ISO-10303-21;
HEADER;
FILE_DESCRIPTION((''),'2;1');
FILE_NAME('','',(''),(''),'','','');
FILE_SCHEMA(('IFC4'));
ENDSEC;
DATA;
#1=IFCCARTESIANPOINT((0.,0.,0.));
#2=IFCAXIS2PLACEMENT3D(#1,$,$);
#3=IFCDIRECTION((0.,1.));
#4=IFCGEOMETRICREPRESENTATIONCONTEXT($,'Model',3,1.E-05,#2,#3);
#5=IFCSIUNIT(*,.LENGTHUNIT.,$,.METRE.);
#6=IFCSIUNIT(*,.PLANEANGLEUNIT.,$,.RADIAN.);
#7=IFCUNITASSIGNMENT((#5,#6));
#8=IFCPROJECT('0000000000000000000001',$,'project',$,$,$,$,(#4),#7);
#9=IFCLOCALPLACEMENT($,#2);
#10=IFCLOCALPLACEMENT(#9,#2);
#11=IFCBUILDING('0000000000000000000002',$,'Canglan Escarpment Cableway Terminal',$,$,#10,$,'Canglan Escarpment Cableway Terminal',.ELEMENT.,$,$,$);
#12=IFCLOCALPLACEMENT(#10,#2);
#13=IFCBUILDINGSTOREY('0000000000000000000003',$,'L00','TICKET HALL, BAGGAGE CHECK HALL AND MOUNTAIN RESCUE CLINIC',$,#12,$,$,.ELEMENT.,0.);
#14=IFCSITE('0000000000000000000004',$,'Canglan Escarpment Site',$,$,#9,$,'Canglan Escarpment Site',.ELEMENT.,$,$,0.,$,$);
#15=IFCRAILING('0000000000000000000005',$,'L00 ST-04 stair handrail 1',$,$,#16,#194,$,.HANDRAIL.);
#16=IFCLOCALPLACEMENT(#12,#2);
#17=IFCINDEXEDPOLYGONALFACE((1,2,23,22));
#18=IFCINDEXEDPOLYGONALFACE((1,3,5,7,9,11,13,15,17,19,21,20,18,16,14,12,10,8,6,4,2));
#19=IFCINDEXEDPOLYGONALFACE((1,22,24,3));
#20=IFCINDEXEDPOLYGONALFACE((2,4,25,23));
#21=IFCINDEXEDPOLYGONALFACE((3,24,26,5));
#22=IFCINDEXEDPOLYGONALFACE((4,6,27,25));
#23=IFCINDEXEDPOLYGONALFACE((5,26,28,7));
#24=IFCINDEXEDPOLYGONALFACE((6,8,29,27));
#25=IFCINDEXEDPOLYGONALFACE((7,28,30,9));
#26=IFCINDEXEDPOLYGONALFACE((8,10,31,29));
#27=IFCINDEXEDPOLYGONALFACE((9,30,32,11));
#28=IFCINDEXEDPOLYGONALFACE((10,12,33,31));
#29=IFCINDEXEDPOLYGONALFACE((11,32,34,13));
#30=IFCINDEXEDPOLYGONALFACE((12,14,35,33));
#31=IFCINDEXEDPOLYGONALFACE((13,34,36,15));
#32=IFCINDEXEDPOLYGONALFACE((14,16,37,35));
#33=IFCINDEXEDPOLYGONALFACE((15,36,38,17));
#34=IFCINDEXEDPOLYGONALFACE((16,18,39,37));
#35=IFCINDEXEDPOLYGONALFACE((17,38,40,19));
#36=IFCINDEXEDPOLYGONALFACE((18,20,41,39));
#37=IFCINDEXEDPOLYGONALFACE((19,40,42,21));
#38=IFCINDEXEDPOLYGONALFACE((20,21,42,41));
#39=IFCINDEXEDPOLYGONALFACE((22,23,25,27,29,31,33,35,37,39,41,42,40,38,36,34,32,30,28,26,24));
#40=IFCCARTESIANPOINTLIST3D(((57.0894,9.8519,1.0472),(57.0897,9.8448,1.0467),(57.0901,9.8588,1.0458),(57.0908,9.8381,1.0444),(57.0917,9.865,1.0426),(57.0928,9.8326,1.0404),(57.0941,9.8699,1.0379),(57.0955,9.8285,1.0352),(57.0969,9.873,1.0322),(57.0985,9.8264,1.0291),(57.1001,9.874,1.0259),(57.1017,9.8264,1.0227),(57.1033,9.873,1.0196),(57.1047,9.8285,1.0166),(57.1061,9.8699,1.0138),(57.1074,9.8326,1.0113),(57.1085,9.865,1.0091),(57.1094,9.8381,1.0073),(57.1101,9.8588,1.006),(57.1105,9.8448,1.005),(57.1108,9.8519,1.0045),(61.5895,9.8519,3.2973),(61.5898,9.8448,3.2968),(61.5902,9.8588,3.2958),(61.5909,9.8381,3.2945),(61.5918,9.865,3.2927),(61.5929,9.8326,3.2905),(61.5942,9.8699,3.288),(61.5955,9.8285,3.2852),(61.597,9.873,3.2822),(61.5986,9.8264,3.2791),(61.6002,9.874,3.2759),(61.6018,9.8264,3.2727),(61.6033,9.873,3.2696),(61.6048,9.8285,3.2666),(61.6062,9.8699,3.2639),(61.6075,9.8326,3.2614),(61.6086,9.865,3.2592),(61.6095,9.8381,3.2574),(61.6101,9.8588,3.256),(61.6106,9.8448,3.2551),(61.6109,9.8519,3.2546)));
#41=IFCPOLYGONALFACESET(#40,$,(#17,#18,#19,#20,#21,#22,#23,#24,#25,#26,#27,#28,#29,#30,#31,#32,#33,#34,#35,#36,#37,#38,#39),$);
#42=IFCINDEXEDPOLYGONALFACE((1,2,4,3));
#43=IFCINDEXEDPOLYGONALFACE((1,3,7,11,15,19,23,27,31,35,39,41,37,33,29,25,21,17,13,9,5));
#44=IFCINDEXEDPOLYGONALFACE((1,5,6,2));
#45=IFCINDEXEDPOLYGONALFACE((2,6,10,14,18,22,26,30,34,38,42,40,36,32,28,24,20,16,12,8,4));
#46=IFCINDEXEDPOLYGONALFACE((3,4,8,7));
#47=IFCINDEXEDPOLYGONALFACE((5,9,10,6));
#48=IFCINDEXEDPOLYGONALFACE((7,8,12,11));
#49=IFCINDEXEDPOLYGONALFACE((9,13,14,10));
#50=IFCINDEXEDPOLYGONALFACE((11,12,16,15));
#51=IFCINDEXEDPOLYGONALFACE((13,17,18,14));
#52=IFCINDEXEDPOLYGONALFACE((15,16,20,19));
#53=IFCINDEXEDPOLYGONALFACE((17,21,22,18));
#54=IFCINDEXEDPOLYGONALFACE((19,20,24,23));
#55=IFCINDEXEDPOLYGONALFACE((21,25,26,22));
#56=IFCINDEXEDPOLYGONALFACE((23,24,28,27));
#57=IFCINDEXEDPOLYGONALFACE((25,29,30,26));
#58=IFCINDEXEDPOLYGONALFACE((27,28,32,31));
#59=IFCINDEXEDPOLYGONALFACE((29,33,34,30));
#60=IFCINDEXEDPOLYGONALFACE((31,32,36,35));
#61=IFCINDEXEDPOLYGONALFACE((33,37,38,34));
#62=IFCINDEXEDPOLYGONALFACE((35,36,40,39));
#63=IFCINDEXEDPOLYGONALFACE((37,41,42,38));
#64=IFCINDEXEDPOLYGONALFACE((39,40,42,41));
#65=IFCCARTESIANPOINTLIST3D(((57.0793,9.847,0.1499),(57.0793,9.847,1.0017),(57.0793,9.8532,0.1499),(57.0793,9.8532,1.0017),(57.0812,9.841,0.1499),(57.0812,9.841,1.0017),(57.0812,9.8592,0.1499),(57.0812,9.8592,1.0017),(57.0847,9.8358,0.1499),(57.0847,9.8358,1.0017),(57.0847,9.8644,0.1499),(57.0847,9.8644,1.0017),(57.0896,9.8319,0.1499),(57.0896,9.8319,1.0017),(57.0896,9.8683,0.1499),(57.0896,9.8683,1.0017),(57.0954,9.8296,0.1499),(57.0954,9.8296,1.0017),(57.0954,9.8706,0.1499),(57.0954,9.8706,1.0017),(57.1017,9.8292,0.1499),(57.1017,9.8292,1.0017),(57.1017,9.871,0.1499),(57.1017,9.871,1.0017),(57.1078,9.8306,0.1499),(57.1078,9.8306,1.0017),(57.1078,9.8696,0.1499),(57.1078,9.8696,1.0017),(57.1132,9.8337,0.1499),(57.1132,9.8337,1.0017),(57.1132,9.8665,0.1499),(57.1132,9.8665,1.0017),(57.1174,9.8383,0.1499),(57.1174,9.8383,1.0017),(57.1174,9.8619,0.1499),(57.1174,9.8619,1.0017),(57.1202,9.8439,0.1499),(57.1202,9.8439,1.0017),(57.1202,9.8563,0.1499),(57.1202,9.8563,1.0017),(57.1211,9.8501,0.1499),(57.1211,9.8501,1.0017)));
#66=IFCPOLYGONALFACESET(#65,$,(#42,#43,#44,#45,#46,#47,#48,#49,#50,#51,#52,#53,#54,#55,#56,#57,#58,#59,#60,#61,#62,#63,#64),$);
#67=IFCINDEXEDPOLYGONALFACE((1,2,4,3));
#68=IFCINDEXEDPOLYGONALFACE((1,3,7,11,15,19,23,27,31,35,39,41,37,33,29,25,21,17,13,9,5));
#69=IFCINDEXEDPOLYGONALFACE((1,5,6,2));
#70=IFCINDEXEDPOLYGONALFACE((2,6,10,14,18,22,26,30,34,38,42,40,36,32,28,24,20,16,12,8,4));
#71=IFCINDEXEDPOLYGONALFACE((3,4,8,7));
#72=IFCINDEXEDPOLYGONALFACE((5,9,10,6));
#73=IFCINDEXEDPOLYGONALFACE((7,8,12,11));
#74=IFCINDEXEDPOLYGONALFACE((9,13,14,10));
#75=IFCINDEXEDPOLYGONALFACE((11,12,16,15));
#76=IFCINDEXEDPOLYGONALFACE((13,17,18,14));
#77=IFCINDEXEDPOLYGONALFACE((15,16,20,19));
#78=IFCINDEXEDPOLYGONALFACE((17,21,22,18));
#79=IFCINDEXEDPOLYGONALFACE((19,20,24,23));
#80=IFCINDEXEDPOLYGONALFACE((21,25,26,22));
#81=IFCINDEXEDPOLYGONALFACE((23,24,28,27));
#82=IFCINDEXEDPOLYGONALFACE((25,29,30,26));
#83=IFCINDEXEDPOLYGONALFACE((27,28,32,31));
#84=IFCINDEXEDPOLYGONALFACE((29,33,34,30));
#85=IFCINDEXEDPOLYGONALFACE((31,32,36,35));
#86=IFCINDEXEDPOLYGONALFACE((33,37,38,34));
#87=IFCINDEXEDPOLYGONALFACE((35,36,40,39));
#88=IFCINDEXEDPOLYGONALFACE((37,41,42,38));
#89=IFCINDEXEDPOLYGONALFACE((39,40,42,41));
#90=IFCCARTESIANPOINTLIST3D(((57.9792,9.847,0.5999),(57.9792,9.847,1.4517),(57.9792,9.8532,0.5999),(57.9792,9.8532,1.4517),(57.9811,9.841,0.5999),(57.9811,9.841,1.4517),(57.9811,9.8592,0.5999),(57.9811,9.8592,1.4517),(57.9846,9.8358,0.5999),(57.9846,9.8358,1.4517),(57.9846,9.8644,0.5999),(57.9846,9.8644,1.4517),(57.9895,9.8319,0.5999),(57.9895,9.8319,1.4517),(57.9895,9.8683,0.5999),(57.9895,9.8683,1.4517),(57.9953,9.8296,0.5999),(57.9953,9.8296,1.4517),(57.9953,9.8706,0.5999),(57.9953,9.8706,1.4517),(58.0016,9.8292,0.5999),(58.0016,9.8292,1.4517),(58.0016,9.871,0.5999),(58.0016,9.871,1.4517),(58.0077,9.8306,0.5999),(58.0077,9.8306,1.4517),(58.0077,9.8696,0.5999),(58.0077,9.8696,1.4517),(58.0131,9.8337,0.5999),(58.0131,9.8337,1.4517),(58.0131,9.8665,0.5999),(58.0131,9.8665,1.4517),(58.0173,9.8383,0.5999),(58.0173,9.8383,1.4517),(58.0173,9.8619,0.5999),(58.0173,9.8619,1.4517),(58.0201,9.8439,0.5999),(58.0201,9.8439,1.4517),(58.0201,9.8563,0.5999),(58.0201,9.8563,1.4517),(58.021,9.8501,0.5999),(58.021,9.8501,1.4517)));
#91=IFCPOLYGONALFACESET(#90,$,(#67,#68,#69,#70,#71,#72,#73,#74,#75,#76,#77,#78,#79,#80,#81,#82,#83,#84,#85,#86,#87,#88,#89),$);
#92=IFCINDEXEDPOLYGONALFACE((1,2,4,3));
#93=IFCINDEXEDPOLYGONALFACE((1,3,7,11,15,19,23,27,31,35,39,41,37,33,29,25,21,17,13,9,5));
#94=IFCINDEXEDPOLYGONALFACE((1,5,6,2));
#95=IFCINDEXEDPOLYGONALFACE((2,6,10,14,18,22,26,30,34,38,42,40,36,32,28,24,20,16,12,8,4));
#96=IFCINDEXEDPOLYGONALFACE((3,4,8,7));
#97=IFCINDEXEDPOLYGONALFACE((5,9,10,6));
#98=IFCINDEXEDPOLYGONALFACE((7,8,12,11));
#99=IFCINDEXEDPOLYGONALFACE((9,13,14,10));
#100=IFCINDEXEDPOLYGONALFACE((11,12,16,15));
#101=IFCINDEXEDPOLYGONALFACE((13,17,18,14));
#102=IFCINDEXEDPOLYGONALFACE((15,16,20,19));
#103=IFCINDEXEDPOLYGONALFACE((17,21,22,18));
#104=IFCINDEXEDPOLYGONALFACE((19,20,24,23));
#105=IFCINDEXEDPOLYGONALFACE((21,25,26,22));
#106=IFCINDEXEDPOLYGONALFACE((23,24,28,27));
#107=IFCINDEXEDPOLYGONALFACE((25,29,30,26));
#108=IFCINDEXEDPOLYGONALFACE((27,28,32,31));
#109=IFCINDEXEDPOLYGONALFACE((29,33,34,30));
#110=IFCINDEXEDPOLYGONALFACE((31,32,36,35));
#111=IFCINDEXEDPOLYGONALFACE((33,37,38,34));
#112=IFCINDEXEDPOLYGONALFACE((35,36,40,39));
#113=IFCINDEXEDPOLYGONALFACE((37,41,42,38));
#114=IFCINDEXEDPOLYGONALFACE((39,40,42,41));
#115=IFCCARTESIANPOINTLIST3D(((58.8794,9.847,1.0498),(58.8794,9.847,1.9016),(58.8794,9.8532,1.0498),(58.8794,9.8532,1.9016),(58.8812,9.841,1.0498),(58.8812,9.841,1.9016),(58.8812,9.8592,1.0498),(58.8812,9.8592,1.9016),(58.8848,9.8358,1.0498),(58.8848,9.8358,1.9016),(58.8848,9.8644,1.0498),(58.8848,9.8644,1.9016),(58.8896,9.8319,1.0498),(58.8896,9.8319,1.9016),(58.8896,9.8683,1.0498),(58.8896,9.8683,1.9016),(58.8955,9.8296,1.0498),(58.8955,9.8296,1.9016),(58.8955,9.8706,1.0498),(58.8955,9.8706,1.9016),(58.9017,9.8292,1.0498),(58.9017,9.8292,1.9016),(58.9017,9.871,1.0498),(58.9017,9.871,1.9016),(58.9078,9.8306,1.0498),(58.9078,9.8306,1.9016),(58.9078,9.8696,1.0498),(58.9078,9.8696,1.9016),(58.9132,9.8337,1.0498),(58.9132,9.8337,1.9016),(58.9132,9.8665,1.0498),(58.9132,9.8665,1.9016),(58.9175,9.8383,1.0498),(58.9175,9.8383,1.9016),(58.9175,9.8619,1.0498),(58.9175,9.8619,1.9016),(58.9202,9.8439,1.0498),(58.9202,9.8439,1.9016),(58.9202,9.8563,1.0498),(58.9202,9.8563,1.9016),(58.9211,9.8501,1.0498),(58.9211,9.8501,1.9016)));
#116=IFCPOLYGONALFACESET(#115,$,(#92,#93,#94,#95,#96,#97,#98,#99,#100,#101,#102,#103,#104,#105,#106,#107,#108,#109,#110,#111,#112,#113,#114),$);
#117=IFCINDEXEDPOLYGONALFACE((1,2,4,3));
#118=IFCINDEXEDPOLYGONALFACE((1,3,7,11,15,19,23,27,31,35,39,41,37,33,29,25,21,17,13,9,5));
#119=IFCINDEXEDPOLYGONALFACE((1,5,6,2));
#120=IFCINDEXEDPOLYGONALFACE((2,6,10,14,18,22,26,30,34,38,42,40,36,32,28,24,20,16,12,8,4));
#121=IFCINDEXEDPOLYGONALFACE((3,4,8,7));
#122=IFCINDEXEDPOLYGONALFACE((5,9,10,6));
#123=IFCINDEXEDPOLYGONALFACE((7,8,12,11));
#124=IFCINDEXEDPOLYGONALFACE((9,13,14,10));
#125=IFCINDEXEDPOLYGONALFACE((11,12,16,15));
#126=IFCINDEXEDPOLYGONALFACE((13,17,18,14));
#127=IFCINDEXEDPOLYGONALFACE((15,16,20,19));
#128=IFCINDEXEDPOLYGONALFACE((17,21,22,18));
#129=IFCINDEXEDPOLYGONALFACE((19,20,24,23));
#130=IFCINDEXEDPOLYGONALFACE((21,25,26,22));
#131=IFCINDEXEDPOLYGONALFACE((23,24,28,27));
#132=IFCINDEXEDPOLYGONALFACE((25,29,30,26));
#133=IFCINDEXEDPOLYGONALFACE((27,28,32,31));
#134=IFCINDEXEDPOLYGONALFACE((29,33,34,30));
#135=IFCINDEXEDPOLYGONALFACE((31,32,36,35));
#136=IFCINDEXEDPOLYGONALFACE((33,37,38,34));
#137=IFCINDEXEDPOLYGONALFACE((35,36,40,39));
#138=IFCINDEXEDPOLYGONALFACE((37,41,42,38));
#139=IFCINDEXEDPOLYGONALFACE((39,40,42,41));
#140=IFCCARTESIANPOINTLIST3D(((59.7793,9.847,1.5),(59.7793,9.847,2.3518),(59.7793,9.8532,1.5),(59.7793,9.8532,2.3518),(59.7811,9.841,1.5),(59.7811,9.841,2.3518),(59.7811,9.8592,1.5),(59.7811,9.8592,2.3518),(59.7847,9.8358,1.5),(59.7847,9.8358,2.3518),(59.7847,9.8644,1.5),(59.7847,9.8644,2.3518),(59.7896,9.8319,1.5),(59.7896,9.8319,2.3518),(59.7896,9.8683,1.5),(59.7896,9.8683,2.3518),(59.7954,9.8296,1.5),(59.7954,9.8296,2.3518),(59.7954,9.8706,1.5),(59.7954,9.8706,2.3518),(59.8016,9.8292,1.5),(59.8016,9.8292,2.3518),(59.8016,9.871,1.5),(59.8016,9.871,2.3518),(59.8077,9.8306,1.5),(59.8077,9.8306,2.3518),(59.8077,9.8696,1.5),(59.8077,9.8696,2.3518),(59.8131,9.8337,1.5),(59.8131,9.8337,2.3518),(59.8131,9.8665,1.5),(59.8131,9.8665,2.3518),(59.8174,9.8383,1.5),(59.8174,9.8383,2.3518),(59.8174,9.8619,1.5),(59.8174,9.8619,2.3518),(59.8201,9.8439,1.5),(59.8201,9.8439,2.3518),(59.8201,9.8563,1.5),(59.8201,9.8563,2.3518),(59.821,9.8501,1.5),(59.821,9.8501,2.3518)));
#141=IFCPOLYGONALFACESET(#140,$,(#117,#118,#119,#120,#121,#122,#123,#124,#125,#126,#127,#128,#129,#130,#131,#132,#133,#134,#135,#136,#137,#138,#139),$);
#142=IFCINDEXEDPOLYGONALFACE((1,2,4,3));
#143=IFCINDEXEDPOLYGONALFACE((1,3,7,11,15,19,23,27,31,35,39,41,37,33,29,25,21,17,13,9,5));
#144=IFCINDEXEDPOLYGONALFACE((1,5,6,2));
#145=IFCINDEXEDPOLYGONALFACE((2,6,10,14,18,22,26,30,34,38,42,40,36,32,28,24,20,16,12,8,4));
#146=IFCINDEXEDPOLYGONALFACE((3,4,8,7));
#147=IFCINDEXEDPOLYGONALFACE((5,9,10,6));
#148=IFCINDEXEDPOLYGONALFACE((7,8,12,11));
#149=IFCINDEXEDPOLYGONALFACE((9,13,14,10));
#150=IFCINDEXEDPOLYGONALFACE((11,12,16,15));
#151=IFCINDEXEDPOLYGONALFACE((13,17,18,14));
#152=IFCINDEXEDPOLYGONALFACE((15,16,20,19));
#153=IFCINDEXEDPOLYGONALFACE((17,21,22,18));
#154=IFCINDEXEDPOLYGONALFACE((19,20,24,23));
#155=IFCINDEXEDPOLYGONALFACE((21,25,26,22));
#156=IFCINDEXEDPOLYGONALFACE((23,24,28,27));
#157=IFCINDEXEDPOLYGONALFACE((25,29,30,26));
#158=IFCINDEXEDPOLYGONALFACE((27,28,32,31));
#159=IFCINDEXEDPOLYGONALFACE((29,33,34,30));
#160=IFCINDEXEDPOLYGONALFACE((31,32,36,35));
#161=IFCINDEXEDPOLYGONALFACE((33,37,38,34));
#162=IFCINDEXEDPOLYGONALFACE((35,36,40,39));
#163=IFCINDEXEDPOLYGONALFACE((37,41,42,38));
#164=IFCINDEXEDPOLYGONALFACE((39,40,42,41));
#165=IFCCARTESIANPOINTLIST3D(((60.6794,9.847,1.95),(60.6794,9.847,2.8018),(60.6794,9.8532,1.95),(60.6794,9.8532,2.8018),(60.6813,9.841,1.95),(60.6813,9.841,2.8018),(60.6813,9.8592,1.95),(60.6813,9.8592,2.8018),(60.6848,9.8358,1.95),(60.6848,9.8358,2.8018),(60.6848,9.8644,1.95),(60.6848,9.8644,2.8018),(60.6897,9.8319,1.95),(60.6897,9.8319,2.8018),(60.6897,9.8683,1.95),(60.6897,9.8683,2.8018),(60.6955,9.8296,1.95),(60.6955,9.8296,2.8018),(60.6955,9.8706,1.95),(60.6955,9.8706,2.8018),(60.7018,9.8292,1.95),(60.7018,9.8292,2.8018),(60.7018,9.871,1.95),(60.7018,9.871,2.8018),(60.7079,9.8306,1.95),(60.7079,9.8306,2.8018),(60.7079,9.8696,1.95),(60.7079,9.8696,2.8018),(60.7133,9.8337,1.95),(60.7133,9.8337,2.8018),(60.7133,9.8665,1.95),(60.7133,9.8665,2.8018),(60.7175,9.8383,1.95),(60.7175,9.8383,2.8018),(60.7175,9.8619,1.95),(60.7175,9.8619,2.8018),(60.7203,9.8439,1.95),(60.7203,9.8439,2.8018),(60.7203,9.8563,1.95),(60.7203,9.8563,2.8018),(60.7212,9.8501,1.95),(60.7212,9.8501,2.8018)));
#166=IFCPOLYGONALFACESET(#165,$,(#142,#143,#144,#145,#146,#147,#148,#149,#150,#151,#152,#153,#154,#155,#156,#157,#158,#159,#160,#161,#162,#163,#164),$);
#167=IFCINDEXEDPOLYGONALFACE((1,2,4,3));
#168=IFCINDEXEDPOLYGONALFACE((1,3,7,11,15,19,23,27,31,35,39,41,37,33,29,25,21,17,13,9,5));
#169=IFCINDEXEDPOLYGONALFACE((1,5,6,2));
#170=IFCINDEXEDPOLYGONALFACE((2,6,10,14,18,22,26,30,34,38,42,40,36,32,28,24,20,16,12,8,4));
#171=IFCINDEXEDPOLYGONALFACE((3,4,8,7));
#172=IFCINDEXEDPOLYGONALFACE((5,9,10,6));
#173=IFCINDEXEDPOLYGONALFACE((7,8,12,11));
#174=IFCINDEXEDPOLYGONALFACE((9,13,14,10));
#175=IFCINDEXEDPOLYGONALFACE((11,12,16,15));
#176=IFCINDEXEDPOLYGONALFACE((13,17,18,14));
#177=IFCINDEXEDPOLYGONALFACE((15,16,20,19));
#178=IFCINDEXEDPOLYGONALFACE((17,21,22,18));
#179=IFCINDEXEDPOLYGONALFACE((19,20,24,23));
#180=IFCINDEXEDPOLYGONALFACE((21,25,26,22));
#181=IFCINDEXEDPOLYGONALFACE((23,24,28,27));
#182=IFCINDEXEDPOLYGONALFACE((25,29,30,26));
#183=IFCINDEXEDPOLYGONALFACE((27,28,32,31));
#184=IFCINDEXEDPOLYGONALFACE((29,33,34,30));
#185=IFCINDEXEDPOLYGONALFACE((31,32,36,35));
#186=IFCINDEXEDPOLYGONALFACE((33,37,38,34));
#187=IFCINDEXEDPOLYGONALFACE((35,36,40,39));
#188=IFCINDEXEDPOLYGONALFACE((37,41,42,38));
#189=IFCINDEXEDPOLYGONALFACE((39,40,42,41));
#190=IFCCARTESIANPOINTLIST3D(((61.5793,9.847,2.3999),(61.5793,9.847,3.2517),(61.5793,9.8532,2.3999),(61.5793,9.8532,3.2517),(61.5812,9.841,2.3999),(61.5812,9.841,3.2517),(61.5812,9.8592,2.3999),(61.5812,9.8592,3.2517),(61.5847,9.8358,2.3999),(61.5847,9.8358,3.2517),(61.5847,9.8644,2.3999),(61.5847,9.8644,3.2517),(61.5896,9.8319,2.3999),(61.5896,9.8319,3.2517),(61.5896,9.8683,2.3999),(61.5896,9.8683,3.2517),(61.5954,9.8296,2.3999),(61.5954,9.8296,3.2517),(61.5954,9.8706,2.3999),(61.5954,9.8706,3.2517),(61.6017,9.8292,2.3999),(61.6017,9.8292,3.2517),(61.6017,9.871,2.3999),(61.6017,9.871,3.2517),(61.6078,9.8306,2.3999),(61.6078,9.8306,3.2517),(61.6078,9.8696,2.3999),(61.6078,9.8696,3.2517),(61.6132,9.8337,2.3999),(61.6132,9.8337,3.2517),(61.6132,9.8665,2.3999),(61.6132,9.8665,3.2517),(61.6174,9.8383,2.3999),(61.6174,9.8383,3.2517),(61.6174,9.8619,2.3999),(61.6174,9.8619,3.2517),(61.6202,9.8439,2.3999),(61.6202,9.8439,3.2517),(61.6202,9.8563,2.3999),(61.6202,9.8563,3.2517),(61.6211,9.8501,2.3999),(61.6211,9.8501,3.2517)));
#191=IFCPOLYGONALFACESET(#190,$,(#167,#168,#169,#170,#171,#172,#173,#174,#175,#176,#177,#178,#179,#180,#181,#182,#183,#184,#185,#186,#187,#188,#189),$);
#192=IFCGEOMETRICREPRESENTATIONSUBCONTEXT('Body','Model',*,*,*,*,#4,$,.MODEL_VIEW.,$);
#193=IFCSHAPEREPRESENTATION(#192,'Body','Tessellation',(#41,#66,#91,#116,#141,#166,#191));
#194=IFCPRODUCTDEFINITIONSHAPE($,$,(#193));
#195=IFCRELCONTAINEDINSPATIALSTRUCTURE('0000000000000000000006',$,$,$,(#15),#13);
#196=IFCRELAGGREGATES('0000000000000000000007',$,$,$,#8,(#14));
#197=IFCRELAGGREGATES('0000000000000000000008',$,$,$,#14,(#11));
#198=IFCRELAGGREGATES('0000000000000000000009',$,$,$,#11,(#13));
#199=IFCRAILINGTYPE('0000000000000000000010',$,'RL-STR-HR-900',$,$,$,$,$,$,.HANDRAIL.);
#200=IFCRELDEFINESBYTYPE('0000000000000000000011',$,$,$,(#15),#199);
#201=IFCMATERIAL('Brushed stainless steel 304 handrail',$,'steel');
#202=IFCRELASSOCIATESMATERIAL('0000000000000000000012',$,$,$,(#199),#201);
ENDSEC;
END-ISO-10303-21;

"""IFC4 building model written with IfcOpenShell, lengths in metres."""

from ifc_helpers import new_model, si_unit, direction, frame, origin, origin_2d, place, context, subcontext, project, spatial, circle, extrude, material, type_object, element, save


model = new_model("IFC4")

# Units and contexts
model_context = context("Model", 3, precision=1e-05, world=origin(), true_north=direction((0.0, 1.0)))
body_context = subcontext(model_context, "Body", "Model", "MODEL_VIEW")
ifc_project = project(units=[si_unit("LENGTHUNIT", "METRE"), si_unit("PLANEANGLEUNIT", "RADIAN")], contexts=[model_context])

# Site, building, storey
site_placement = place(None, origin())
site = spatial("IfcSite", under=ifc_project, at=site_placement, Name="Canglan Escarpment Site", LongName="Canglan Escarpment Site", CompositionType="ELEMENT", RefElevation=0.0)
building_placement = place(site_placement, origin())
building = spatial("IfcBuilding", under=site, at=building_placement, Name="Canglan Escarpment Cableway Terminal", LongName="Canglan Escarpment Cableway Terminal", CompositionType="ELEMENT")
storey_placement = place(building_placement, origin())
storey = spatial("IfcBuildingStorey", under=building, at=storey_placement, Name="L00", Description="TICKET HALL, BAGGAGE CHECK HALL AND MOUNTAIN RESCUE CLINIC", CompositionType="ELEMENT", Elevation=0.0)

# Railing
ifc_material_1 = material(Name="Brushed stainless steel 304 handrail", Category="steel")
railing_type_1 = type_object("IfcRailingType", Name="RL-STR-HR-900", PredefinedType="HANDRAIL", material=ifc_material_1)
railing_1_placement = place(storey_placement, frame((57.1001, 9.8501, 0.1499)))
element("IfcRailing", 1, at=railing_1_placement, inside=storey, type_object=railing_type_1, Name="L00 ST-04 stair handrail 1", PredefinedType="HANDRAIL", context=body_context, shape_type="SweptSolid", body=[
    extrude(circle(Radius=0.0239, at=origin_2d()), frame((0.0, 0.0, 0.876), z_axis=(0.894427, 0.0, 0.447214), x_axis=(0.0, 1.0, 0.0)), (0.0, 0.0, 1.0), 5.0312),
    extrude(circle(Radius=0.021, at=origin_2d()), origin(), (0.0, 0.0, 1.0), 0.8518),
    extrude(circle(Radius=0.021, at=origin_2d()), frame((0.8999, 0.0, 0.45)), (0.0, 0.0, 1.0), 0.8518),
    extrude(circle(Radius=0.021, at=origin_2d()), frame((1.8, 0.0, 0.8999)), (0.0, 0.0, 1.0), 0.8518),
    extrude(circle(Radius=0.021, at=origin_2d()), frame((2.7, 0.0, 1.3501)), (0.0, 0.0, 1.0), 0.8518),
    extrude(circle(Radius=0.021, at=origin_2d()), frame((3.6001, 0.0, 1.8)), (0.0, 0.0, 1.0), 0.8518),
    extrude(circle(Radius=0.021, at=origin_2d()), frame((4.5, 0.0, 2.25)), (0.0, 0.0, 1.0), 0.8518),
])

save(model, "model.ifc")
